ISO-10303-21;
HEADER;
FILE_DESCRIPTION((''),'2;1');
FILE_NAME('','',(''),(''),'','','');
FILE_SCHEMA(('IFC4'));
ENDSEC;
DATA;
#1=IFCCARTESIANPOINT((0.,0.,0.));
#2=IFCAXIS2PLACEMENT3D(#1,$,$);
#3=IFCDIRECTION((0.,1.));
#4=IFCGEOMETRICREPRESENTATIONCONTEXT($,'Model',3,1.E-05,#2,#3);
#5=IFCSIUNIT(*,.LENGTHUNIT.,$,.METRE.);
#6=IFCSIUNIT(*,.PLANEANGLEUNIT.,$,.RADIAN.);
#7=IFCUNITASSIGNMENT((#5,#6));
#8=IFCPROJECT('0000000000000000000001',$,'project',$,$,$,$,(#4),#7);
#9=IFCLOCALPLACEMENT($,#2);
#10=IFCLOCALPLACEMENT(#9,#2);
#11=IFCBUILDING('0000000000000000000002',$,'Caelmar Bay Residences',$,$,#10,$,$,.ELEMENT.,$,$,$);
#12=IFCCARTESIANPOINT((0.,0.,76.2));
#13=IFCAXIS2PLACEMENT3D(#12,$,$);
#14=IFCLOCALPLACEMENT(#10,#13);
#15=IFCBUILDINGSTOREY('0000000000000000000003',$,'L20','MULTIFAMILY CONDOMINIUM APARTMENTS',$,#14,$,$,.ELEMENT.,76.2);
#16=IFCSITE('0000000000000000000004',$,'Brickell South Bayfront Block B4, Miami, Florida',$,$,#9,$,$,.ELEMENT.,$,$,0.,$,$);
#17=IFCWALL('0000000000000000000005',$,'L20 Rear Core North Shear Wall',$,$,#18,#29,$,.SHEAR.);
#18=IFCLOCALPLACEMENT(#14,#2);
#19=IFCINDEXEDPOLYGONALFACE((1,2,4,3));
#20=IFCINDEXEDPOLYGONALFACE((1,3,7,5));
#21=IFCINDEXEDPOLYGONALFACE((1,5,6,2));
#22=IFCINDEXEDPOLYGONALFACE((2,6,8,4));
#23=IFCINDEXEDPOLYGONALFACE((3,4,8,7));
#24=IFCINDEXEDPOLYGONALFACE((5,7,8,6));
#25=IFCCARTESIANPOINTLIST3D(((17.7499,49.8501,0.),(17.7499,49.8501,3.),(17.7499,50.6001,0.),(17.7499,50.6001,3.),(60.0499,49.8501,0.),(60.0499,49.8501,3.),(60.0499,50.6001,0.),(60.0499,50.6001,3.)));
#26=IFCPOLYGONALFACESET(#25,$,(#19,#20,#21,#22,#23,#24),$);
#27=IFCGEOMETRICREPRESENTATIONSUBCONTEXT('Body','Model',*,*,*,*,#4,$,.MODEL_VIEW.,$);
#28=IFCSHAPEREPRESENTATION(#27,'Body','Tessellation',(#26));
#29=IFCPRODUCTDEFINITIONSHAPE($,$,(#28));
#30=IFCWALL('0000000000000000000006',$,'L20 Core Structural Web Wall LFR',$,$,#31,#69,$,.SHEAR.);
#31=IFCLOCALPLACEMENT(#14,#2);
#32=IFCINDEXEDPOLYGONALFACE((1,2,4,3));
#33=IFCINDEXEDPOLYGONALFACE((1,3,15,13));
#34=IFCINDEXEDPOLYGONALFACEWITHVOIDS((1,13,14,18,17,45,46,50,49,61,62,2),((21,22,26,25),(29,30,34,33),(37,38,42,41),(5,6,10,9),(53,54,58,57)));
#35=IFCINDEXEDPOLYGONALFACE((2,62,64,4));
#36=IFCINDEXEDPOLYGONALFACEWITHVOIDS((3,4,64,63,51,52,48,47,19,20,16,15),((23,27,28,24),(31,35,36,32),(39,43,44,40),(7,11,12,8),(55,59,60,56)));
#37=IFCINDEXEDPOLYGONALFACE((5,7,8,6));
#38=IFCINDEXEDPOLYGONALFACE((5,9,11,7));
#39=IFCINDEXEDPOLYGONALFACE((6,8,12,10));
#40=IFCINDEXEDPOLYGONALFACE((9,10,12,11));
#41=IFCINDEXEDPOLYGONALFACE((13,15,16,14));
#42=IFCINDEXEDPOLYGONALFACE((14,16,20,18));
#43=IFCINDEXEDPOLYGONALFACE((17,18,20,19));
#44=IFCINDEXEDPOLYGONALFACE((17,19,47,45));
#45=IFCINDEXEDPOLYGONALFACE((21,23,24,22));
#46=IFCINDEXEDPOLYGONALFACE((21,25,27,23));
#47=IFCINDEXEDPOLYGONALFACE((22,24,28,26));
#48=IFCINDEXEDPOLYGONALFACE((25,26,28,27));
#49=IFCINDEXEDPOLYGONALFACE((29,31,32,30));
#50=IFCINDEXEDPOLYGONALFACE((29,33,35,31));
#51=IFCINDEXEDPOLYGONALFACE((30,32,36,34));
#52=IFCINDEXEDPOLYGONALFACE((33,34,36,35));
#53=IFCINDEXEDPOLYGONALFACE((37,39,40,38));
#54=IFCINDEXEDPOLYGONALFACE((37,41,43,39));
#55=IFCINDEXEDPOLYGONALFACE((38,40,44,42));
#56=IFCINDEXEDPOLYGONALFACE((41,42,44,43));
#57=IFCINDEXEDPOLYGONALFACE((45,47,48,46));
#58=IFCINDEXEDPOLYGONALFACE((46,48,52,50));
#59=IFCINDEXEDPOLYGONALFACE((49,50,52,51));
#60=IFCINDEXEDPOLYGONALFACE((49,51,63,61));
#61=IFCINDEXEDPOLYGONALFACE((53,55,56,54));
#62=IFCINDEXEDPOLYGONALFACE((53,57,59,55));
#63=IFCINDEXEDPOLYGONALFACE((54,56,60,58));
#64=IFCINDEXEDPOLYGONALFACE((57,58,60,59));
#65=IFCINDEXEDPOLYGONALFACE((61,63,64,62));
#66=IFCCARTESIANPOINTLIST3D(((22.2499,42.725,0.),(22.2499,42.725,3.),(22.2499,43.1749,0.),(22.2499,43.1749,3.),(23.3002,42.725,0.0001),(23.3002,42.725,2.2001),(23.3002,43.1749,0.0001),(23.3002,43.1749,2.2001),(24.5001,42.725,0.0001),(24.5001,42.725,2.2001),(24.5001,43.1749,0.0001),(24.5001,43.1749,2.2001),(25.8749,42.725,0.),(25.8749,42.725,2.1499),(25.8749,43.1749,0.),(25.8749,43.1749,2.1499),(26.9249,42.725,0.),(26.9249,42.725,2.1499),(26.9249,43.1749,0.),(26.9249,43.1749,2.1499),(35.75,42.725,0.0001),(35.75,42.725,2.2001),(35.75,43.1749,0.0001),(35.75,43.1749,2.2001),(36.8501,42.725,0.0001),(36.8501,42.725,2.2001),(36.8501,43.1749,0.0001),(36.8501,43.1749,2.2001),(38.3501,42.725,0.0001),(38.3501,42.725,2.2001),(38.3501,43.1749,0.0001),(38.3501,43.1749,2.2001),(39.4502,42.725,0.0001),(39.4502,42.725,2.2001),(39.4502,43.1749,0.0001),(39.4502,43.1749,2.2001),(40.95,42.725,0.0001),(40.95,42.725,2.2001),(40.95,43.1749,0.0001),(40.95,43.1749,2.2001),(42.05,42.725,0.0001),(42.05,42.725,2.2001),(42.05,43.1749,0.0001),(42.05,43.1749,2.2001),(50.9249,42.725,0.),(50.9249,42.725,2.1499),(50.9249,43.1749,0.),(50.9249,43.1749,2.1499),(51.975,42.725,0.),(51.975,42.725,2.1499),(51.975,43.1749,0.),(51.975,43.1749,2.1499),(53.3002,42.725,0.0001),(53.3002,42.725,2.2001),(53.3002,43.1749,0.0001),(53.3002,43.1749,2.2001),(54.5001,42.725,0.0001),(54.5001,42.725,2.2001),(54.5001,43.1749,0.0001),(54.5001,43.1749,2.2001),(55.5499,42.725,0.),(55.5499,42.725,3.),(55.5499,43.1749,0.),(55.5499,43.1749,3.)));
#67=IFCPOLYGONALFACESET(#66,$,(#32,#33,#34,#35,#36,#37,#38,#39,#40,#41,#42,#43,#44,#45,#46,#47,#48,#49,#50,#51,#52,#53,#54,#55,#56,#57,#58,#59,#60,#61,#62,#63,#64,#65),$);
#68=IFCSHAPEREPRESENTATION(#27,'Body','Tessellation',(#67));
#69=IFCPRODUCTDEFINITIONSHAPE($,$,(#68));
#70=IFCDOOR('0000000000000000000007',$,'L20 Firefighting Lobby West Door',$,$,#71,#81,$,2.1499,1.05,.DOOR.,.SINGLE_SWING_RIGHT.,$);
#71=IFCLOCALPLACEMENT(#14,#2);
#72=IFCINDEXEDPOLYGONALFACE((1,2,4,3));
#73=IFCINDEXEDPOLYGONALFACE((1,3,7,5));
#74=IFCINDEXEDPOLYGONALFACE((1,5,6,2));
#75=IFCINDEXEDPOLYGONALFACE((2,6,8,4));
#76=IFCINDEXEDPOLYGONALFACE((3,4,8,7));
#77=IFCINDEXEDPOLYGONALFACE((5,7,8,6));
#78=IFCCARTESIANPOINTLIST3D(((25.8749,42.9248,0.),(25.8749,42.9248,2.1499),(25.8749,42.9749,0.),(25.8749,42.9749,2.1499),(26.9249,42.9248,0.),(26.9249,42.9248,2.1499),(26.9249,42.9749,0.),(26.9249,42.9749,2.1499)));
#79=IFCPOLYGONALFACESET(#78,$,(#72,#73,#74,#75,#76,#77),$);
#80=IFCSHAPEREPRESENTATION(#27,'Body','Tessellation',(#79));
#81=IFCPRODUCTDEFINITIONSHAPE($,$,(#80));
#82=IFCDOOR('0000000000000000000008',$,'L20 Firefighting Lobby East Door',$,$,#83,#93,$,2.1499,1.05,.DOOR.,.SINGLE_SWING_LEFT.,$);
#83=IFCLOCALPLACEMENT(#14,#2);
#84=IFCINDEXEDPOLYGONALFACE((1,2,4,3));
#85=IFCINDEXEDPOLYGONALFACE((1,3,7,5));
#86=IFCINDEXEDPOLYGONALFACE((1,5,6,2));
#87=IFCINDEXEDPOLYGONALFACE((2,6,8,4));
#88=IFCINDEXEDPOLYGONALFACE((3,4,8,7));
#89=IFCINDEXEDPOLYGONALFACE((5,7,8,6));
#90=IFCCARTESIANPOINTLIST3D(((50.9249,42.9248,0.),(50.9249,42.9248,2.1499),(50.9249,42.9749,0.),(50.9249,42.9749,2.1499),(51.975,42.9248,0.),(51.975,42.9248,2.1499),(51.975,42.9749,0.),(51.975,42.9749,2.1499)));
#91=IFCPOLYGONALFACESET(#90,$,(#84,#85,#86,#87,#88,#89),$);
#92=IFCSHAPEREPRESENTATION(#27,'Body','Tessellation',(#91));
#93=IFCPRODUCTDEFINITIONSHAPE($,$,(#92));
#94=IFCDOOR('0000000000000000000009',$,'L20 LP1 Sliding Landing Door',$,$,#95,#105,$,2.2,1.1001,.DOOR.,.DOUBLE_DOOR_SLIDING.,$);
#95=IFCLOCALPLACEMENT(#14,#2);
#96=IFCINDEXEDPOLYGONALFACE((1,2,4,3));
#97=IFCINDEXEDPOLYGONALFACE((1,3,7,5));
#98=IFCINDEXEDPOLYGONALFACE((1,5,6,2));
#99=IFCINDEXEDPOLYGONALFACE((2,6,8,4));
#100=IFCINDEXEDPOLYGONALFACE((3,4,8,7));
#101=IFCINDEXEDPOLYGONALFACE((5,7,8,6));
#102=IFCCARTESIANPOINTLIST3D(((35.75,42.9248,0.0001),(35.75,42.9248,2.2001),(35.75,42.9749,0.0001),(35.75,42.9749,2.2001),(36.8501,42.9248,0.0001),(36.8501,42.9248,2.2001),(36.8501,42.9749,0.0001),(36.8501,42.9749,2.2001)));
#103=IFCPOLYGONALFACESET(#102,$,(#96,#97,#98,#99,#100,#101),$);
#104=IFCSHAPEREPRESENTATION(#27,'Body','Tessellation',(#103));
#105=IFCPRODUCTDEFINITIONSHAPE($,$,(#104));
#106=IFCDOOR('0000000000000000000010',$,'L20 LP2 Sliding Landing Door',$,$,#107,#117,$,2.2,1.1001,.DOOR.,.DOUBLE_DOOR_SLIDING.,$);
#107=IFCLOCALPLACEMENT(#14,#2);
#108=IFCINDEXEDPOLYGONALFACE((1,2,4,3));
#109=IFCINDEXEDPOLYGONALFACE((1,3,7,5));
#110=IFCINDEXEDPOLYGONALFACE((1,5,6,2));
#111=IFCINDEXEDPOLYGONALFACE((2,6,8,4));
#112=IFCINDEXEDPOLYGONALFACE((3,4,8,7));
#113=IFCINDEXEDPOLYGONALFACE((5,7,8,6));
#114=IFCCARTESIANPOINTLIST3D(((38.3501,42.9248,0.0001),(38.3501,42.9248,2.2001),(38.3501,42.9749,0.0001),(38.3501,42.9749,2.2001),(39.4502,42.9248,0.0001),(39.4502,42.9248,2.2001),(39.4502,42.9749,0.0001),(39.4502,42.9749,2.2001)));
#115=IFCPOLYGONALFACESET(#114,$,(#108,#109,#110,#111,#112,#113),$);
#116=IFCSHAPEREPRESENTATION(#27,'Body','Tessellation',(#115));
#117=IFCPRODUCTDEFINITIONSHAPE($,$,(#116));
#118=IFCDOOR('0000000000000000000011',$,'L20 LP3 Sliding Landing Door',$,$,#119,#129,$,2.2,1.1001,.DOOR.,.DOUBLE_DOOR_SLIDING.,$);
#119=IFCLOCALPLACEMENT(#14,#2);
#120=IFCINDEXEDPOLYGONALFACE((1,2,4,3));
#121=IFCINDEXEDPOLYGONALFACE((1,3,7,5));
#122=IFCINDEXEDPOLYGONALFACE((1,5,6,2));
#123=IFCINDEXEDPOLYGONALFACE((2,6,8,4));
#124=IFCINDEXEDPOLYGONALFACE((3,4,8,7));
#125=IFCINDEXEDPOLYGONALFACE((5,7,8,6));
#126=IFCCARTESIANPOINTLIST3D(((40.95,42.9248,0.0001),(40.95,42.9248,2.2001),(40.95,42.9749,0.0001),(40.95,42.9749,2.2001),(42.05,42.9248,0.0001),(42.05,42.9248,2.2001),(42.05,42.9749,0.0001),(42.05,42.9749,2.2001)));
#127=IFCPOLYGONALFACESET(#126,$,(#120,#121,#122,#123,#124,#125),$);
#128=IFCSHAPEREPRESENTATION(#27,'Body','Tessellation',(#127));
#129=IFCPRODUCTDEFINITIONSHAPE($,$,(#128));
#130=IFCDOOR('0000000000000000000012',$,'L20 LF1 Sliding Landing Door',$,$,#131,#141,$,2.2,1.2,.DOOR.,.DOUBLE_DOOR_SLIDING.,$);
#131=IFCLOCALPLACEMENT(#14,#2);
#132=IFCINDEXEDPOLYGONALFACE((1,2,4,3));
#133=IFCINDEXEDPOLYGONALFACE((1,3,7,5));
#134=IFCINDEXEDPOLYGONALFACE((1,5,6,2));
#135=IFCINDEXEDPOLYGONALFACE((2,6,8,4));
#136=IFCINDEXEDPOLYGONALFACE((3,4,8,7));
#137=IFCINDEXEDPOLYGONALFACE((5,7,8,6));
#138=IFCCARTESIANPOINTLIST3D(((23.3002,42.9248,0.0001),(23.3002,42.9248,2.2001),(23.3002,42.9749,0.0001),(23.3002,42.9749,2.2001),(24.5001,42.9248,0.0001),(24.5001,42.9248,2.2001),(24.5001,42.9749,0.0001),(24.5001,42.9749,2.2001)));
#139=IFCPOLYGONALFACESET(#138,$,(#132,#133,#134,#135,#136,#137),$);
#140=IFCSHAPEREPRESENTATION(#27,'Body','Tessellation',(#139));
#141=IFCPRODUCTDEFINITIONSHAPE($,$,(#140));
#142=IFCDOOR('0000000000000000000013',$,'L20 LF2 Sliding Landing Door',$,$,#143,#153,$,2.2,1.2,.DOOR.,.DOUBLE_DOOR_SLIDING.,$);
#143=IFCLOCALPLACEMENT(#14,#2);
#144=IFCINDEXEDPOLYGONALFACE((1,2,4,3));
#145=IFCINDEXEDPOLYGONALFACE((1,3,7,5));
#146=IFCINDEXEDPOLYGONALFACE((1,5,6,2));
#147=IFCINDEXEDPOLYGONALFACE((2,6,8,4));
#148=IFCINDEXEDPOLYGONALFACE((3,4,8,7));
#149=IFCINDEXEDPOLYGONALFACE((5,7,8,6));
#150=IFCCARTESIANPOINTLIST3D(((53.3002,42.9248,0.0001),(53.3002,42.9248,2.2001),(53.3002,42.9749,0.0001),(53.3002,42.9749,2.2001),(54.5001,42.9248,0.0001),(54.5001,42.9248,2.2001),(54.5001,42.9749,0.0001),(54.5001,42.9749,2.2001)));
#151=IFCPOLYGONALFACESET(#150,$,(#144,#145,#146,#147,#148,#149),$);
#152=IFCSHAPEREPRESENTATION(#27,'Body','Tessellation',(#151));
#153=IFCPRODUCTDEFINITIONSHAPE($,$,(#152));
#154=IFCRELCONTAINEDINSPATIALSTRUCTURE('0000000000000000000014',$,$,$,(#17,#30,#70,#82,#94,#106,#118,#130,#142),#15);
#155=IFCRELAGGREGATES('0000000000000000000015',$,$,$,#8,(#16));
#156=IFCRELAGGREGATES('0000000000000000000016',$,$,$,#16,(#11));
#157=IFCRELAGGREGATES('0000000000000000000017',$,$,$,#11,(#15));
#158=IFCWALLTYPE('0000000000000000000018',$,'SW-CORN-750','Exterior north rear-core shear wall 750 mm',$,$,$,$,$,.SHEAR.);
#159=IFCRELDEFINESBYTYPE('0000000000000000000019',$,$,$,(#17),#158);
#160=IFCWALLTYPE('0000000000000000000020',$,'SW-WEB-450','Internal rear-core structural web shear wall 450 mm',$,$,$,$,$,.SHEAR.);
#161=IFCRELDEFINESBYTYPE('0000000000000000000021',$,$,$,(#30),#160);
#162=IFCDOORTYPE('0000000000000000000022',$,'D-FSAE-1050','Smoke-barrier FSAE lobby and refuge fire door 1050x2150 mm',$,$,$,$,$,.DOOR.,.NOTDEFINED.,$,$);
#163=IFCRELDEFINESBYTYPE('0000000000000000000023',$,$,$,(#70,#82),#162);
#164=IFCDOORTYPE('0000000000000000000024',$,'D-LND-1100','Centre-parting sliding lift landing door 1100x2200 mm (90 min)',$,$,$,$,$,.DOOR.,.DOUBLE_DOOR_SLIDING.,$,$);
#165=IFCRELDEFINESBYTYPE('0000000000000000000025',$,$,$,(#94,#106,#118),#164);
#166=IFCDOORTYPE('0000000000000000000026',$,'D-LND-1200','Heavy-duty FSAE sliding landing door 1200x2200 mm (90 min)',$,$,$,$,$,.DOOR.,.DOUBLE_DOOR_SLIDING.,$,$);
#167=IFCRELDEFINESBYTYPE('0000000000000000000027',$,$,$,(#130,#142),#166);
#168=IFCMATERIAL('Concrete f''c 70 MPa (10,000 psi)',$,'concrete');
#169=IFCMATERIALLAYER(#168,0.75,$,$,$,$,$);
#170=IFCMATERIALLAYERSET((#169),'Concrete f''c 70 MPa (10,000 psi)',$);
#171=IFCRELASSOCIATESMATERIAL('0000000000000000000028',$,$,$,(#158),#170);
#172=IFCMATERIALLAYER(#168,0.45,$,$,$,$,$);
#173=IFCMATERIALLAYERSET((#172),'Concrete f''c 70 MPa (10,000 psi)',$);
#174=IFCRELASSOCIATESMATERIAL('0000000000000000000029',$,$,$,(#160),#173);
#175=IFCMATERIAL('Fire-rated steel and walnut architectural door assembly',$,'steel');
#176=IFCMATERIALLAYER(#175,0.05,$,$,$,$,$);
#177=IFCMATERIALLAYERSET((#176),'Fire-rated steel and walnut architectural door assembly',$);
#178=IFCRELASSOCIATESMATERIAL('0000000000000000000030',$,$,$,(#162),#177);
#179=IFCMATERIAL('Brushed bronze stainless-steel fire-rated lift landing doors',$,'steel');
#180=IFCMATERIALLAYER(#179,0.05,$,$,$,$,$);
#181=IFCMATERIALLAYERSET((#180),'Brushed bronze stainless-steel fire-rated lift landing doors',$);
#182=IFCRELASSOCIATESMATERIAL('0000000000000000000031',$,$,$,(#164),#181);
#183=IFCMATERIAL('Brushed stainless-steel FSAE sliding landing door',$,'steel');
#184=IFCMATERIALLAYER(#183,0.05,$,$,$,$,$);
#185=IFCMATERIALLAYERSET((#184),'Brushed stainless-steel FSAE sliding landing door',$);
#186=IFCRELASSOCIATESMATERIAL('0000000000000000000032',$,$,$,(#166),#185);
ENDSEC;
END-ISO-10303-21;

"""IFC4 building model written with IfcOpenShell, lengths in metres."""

from ifc_helpers import new_model, si_unit, direction, frame, frame_2d, origin, place, context, subcontext, project, spatial, rectangle, extrude, material, layer, layer_set, type_object, element, fill, save


model = new_model("IFC4")

# Units and contexts
model_context = context("Model", 3, precision=1e-05, world=origin(), true_north=direction((0.0, 1.0)))
body_context = subcontext(model_context, "Body", "Model", "MODEL_VIEW")
ifc_project = project(units=[si_unit("LENGTHUNIT", "METRE"), si_unit("PLANEANGLEUNIT", "RADIAN")], contexts=[model_context])

# Site, building, storey
site_placement = place(None, origin())
site = spatial("IfcSite", under=ifc_project, at=site_placement, Name="Brickell South Bayfront Block B4, Miami, Florida", CompositionType="ELEMENT", RefElevation=0.0)
building_placement = place(site_placement, origin())
building = spatial("IfcBuilding", under=site, at=building_placement, Name="Caelmar Bay Residences", CompositionType="ELEMENT")
storey_placement = place(building_placement, frame((0.0, 0.0, 76.2)))
storey = spatial("IfcBuildingStorey", under=building, at=storey_placement, Name="L20", Description="MULTIFAMILY CONDOMINIUM APARTMENTS", CompositionType="ELEMENT", Elevation=76.2)

# Wall
ifc_material_1 = material(Name="Concrete f'c 70 MPa (10,000 psi)", Category="concrete")
ifc_layer_1 = layer(ifc_material_1, 0.75)
ifc_layer_set_1 = layer_set([ifc_layer_1], Name="Concrete f'c 70 MPa (10,000 psi)")
wall_type_1 = type_object("IfcWallType", Name="SW-CORN-750", Description="Exterior north rear-core shear wall 750 mm", PredefinedType="SHEAR", material=ifc_layer_set_1)
wall_1_placement = place(storey_placement, frame((17.75, 50.2251, 0.0), z_axis=(0.0, 0.0, 1.0), x_axis=(1.0, 0.0, 0.0)))
element("IfcWall", 1, at=wall_1_placement, inside=storey, type_object=wall_type_1, Name="L20 Rear Core North Shear Wall", PredefinedType="SHEAR", context=body_context, shape_type="SweptSolid", body=[
    extrude(rectangle(XDim=42.3, YDim=0.75, at=frame_2d((21.1499, 0.0))), origin(), (0.0, 0.0, 1.0), 3.0),
])

# Wall, openings, doors
ifc_layer_2 = layer(ifc_material_1, 0.45)
ifc_layer_set_2 = layer_set([ifc_layer_2], Name="Concrete f'c 70 MPa (10,000 psi)")
wall_type_2 = type_object("IfcWallType", Name="SW-WEB-450", Description="Internal rear-core structural web shear wall 450 mm", PredefinedType="SHEAR", material=ifc_layer_set_2)
wall_2_placement = place(storey_placement, frame((22.25, 42.95, 0.0), z_axis=(0.0, 0.0, 1.0), x_axis=(1.0, 0.0, 0.0)))
wall_2 = element("IfcWall", 2, at=wall_2_placement, inside=storey, type_object=wall_type_2, Name="L20 Core Structural Web Wall LFR", PredefinedType="SHEAR", context=body_context, shape_type="SweptSolid", body=[
    extrude(rectangle(XDim=33.3, YDim=0.45, at=frame_2d((16.6499, 0.0))), origin(), (0.0, 0.0, 1.0), 3.0),
])
opening_1_placement = place(wall_2_placement, frame((1.05, 0.0, 0.0)))
opening_1 = element("IfcOpeningElement", 3, at=opening_1_placement, cuts=wall_2, PredefinedType="OPENING", context=body_context, shape_type="SweptSolid", body=[
    extrude(rectangle(XDim=1.2, YDim=2.2, at=frame_2d((0.6001, 1.1001))), frame((0.0, 0.2349, 0.0), z_axis=(0.0, -1.0, 0.0), x_axis=(1.0, 0.0, 0.0)), (0.0, 0.0, 1.0), 0.47),
])
opening_2_placement = place(wall_2_placement, frame((31.05, 0.0, 0.0)))
opening_2 = element("IfcOpeningElement", 4, at=opening_2_placement, cuts=wall_2, PredefinedType="OPENING", context=body_context, shape_type="SweptSolid", body=[
    extrude(rectangle(XDim=1.2, YDim=2.2, at=frame_2d((0.6001, 1.1001))), frame((0.0, 0.2349, 0.0), z_axis=(0.0, -1.0, 0.0), x_axis=(1.0, 0.0, 0.0)), (0.0, 0.0, 1.0), 0.47),
])
opening_3_placement = place(wall_2_placement, frame((13.5, 0.0, 0.0)))
opening_3 = element("IfcOpeningElement", 5, at=opening_3_placement, cuts=wall_2, PredefinedType="OPENING", context=body_context, shape_type="SweptSolid", body=[
    extrude(rectangle(XDim=1.1001, YDim=2.2, at=frame_2d((0.55, 1.1001))), frame((0.0, 0.2349, 0.0), z_axis=(0.0, -1.0, 0.0), x_axis=(1.0, 0.0, 0.0)), (0.0, 0.0, 1.0), 0.47),
])
opening_4_placement = place(wall_2_placement, frame((16.1001, 0.0, 0.0)))
opening_4 = element("IfcOpeningElement", 6, at=opening_4_placement, cuts=wall_2, PredefinedType="OPENING", context=body_context, shape_type="SweptSolid", body=[
    extrude(rectangle(XDim=1.1001, YDim=2.2, at=frame_2d((0.55, 1.1001))), frame((0.0, 0.2349, 0.0), z_axis=(0.0, -1.0, 0.0), x_axis=(1.0, 0.0, 0.0)), (0.0, 0.0, 1.0), 0.47),
])
opening_5_placement = place(wall_2_placement, frame((18.7, 0.0, 0.0)))
opening_5 = element("IfcOpeningElement", 7, at=opening_5_placement, cuts=wall_2, PredefinedType="OPENING", context=body_context, shape_type="SweptSolid", body=[
    extrude(rectangle(XDim=1.1001, YDim=2.2, at=frame_2d((0.55, 1.1001))), frame((0.0, 0.2349, 0.0), z_axis=(0.0, -1.0, 0.0), x_axis=(1.0, 0.0, 0.0)), (0.0, 0.0, 1.0), 0.47),
])
opening_6_placement = place(wall_2_placement, frame((3.625, 0.0, 0.0)))
opening_6 = element("IfcOpeningElement", 8, at=opening_6_placement, cuts=wall_2, PredefinedType="OPENING", context=body_context, shape_type="SweptSolid", body=[
    extrude(rectangle(XDim=1.05, YDim=2.1499, at=frame_2d((0.5249, 1.075))), frame((0.0, 0.2349, 0.0), z_axis=(0.0, -1.0, 0.0), x_axis=(1.0, 0.0, 0.0)), (0.0, 0.0, 1.0), 0.47),
])
opening_7_placement = place(wall_2_placement, frame((28.675, 0.0, 0.0)))
opening_7 = element("IfcOpeningElement", 9, at=opening_7_placement, cuts=wall_2, PredefinedType="OPENING", context=body_context, shape_type="SweptSolid", body=[
    extrude(rectangle(XDim=1.05, YDim=2.1499, at=frame_2d((0.5249, 1.075))), frame((0.0, 0.2349, 0.0), z_axis=(0.0, -1.0, 0.0), x_axis=(1.0, 0.0, 0.0)), (0.0, 0.0, 1.0), 0.47),
])
ifc_material_2 = material(Name="Fire-rated steel and walnut architectural door assembly", Category="steel")
ifc_layer_3 = layer(ifc_material_2, 0.05)
ifc_layer_set_3 = layer_set([ifc_layer_3], Name="Fire-rated steel and walnut architectural door assembly")
door_type_1 = type_object("IfcDoorType", Name="D-FSAE-1050", Description="Smoke-barrier FSAE lobby and refuge fire door 1050x2150 mm", OperationType="NOTDEFINED", PredefinedType="DOOR", material=ifc_layer_set_3)
door_1_placement = place(opening_6_placement, origin())
door_1 = element("IfcDoor", 10, at=door_1_placement, inside=storey, type_object=door_type_1, Name="L20 Firefighting Lobby West Door", OperationType="SINGLE_SWING_RIGHT", OverallHeight=2.1499, OverallWidth=1.05, PredefinedType="DOOR", context=body_context, shape_type="SweptSolid", body=[
    extrude(rectangle(XDim=1.05, YDim=2.1499, at=frame_2d((0.5249, 1.075))), frame((0.0, 0.0249, 0.0), z_axis=(0.0, -1.0, 0.0), x_axis=(1.0, 0.0, 0.0)), (0.0, 0.0, 1.0), 0.05),
])
fill(opening_6, door_1)
door_2_placement = place(opening_7_placement, origin())
door_2 = element("IfcDoor", 11, at=door_2_placement, inside=storey, type_object=door_type_1, Name="L20 Firefighting Lobby East Door", OperationType="SINGLE_SWING_LEFT", OverallHeight=2.1499, OverallWidth=1.05, PredefinedType="DOOR", context=body_context, shape_type="SweptSolid", body=[
    extrude(rectangle(XDim=1.05, YDim=2.1499, at=frame_2d((0.5249, 1.075))), frame((0.0, 0.0249, 0.0), z_axis=(0.0, -1.0, 0.0), x_axis=(1.0, 0.0, 0.0)), (0.0, 0.0, 1.0), 0.05),
])
fill(opening_7, door_2)
ifc_material_3 = material(Name="Brushed bronze stainless-steel fire-rated lift landing doors", Category="steel")
ifc_layer_4 = layer(ifc_material_3, 0.05)
ifc_layer_set_4 = layer_set([ifc_layer_4], Name="Brushed bronze stainless-steel fire-rated lift landing doors")
door_type_2 = type_object("IfcDoorType", Name="D-LND-1100", Description="Centre-parting sliding lift landing door 1100x2200 mm (90 min)", OperationType="DOUBLE_DOOR_SLIDING", PredefinedType="DOOR", material=ifc_layer_set_4)
door_3_placement = place(opening_3_placement, origin())
door_3 = element("IfcDoor", 12, at=door_3_placement, inside=storey, type_object=door_type_2, Name="L20 LP1 Sliding Landing Door", OperationType="DOUBLE_DOOR_SLIDING", OverallHeight=2.2, OverallWidth=1.1001, PredefinedType="DOOR", context=body_context, shape_type="SweptSolid", body=[
    extrude(rectangle(XDim=1.1001, YDim=2.2, at=frame_2d((0.55, 1.1001))), frame((0.0, 0.0249, 0.0), z_axis=(0.0, -1.0, 0.0), x_axis=(1.0, 0.0, 0.0)), (0.0, 0.0, 1.0), 0.05),
])
fill(opening_3, door_3)
door_4_placement = place(opening_4_placement, origin())
door_4 = element("IfcDoor", 13, at=door_4_placement, inside=storey, type_object=door_type_2, Name="L20 LP2 Sliding Landing Door", OperationType="DOUBLE_DOOR_SLIDING", OverallHeight=2.2, OverallWidth=1.1001, PredefinedType="DOOR", context=body_context, shape_type="SweptSolid", body=[
    extrude(rectangle(XDim=1.1001, YDim=2.2, at=frame_2d((0.55, 1.1001))), frame((0.0, 0.0249, 0.0), z_axis=(0.0, -1.0, 0.0), x_axis=(1.0, 0.0, 0.0)), (0.0, 0.0, 1.0), 0.05),
])
fill(opening_4, door_4)
door_5_placement = place(opening_5_placement, origin())
door_5 = element("IfcDoor", 14, at=door_5_placement, inside=storey, type_object=door_type_2, Name="L20 LP3 Sliding Landing Door", OperationType="DOUBLE_DOOR_SLIDING", OverallHeight=2.2, OverallWidth=1.1001, PredefinedType="DOOR", context=body_context, shape_type="SweptSolid", body=[
    extrude(rectangle(XDim=1.1001, YDim=2.2, at=frame_2d((0.55, 1.1001))), frame((0.0, 0.0249, 0.0), z_axis=(0.0, -1.0, 0.0), x_axis=(1.0, 0.0, 0.0)), (0.0, 0.0, 1.0), 0.05),
])
fill(opening_5, door_5)
ifc_material_4 = material(Name="Brushed stainless-steel FSAE sliding landing door", Category="steel")
ifc_layer_5 = layer(ifc_material_4, 0.05)
ifc_layer_set_5 = layer_set([ifc_layer_5], Name="Brushed stainless-steel FSAE sliding landing door")
door_type_3 = type_object("IfcDoorType", Name="D-LND-1200", Description="Heavy-duty FSAE sliding landing door 1200x2200 mm (90 min)", OperationType="DOUBLE_DOOR_SLIDING", PredefinedType="DOOR", material=ifc_layer_set_5)
door_6_placement = place(opening_1_placement, origin())
door_6 = element("IfcDoor", 15, at=door_6_placement, inside=storey, type_object=door_type_3, Name="L20 LF1 Sliding Landing Door", OperationType="DOUBLE_DOOR_SLIDING", OverallHeight=2.2, OverallWidth=1.2, PredefinedType="DOOR", context=body_context, shape_type="SweptSolid", body=[
    extrude(rectangle(XDim=1.2, YDim=2.2, at=frame_2d((0.6001, 1.1001))), frame((0.0, 0.0249, 0.0), z_axis=(0.0, -1.0, 0.0), x_axis=(1.0, 0.0, 0.0)), (0.0, 0.0, 1.0), 0.05),
])
fill(opening_1, door_6)
door_7_placement = place(opening_2_placement, origin())
door_7 = element("IfcDoor", 16, at=door_7_placement, inside=storey, type_object=door_type_3, Name="L20 LF2 Sliding Landing Door", OperationType="DOUBLE_DOOR_SLIDING", OverallHeight=2.2, OverallWidth=1.2, PredefinedType="DOOR", context=body_context, shape_type="SweptSolid", body=[
    extrude(rectangle(XDim=1.2, YDim=2.2, at=frame_2d((0.6001, 1.1001))), frame((0.0, 0.0249, 0.0), z_axis=(0.0, -1.0, 0.0), x_axis=(1.0, 0.0, 0.0)), (0.0, 0.0, 1.0), 0.05),
])
fill(opening_2, door_7)

save(model, "model.ifc")
